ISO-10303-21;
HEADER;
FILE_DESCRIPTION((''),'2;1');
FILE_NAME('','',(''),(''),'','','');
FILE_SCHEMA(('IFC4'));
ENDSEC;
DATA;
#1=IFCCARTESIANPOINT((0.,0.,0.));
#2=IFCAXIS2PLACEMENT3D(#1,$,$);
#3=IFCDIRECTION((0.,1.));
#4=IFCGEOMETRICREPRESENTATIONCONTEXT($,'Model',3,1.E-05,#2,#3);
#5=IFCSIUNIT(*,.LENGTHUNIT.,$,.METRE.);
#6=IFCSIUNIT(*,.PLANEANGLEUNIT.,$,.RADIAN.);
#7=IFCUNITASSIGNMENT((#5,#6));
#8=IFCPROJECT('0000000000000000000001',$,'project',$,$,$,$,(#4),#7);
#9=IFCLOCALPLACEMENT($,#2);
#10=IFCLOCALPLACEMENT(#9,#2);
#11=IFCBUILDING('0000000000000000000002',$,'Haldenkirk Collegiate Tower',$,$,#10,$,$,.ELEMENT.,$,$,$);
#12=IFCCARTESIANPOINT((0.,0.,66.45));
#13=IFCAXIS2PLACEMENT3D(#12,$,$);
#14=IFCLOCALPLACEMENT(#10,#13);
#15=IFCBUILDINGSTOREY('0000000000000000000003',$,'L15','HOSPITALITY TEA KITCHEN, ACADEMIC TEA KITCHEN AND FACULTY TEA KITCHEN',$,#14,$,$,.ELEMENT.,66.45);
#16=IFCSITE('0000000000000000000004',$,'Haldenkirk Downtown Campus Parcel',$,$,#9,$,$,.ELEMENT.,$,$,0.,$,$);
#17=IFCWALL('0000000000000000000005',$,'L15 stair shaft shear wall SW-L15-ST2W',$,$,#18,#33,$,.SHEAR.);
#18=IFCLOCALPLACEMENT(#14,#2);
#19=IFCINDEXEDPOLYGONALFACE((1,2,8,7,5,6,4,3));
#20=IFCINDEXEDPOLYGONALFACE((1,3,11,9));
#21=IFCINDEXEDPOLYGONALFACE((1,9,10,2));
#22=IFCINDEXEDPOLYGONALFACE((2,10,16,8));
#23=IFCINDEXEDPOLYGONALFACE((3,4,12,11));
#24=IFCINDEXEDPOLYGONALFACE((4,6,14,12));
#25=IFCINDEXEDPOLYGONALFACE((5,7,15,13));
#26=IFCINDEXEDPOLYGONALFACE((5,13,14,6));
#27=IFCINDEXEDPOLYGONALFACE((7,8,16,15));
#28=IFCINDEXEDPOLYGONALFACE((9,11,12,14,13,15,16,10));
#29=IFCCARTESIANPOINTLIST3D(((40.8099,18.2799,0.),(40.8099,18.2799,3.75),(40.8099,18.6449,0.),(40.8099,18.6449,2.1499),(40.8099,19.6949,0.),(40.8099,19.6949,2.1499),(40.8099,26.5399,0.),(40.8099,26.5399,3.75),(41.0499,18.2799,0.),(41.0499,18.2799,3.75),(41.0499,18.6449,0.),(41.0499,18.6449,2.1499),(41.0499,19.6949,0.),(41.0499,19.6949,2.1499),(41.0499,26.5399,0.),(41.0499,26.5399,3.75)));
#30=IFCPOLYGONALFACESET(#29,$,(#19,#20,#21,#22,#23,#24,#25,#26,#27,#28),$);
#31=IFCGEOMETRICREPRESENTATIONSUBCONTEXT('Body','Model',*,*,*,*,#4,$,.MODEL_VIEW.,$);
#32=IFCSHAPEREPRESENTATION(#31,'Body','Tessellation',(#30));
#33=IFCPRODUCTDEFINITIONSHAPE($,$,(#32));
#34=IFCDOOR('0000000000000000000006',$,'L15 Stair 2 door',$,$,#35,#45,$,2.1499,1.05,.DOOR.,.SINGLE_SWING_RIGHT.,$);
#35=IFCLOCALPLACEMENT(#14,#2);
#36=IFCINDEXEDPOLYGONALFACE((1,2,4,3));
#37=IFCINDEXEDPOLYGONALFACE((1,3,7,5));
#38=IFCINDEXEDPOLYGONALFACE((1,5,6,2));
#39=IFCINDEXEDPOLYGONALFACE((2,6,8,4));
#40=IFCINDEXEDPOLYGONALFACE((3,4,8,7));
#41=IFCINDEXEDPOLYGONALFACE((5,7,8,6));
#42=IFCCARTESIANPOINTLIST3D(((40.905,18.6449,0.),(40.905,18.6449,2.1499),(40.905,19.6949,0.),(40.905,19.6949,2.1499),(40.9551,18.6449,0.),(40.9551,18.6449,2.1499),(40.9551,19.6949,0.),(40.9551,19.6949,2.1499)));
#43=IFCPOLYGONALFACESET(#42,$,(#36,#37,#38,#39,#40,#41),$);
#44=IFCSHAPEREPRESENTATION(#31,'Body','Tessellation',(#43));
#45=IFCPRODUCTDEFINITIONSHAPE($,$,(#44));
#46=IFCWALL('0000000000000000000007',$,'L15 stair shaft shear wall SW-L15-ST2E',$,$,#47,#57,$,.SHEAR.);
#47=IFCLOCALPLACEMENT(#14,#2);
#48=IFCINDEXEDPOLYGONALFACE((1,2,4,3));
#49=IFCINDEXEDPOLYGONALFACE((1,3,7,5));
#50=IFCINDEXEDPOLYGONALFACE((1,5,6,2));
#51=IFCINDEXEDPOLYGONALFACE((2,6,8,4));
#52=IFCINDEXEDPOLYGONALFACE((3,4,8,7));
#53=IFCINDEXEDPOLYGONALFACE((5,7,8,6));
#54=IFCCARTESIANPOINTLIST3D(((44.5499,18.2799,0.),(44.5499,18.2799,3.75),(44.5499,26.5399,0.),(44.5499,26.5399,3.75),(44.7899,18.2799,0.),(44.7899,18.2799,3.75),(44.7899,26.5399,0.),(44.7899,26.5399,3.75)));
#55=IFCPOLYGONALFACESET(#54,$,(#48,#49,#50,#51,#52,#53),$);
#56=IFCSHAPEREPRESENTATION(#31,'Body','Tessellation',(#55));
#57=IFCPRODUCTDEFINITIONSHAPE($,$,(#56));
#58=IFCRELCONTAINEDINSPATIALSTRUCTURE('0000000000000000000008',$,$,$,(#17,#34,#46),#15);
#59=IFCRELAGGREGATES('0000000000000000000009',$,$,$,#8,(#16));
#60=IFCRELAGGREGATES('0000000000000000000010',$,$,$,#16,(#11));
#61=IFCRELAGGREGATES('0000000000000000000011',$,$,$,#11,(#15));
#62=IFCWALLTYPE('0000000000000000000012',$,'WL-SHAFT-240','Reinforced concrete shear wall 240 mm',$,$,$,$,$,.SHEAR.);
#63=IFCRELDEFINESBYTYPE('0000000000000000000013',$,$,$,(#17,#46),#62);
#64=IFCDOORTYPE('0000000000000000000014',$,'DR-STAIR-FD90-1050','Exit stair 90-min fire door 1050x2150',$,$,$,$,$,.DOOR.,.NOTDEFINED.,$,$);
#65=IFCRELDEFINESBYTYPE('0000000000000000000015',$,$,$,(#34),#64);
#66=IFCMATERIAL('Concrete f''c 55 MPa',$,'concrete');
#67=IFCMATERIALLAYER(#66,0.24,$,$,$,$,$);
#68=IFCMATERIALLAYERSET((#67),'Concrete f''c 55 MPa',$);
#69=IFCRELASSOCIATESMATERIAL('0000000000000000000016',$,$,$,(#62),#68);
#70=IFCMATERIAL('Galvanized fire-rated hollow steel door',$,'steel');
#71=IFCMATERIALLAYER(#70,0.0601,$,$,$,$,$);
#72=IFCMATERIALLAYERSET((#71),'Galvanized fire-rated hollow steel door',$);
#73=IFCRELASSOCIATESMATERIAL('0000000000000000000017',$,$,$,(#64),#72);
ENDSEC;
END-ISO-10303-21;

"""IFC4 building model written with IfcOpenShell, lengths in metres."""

from ifc_helpers import new_model, si_unit, direction, frame, frame_2d, origin, place, context, subcontext, project, spatial, rectangle, extrude, material, layer, layer_set, type_object, element, fill, save


model = new_model("IFC4")

# Units and contexts
model_context = context("Model", 3, precision=1e-05, world=origin(), true_north=direction((0.0, 1.0)))
body_context = subcontext(model_context, "Body", "Model", "MODEL_VIEW")
ifc_project = project(units=[si_unit("LENGTHUNIT", "METRE"), si_unit("PLANEANGLEUNIT", "RADIAN")], contexts=[model_context])

# Site, building, storey
site_placement = place(None, origin())
site = spatial("IfcSite", under=ifc_project, at=site_placement, Name="Haldenkirk Downtown Campus Parcel", CompositionType="ELEMENT", RefElevation=0.0)
building_placement = place(site_placement, origin())
building = spatial("IfcBuilding", under=site, at=building_placement, Name="Haldenkirk Collegiate Tower", CompositionType="ELEMENT")
storey_placement = place(building_placement, frame((0.0, 0.0, 66.45)))
storey = spatial("IfcBuildingStorey", under=building, at=storey_placement, Name="L15", Description="HOSPITALITY TEA KITCHEN, ACADEMIC TEA KITCHEN AND FACULTY TEA KITCHEN", CompositionType="ELEMENT", Elevation=66.45)

# Wall, opening, door
ifc_material_1 = material(Name="Concrete f'c 55 MPa", Category="concrete")
ifc_layer_1 = layer(ifc_material_1, 0.24)
ifc_layer_set_1 = layer_set([ifc_layer_1], Name="Concrete f'c 55 MPa")
wall_type_1 = type_object("IfcWallType", Name="WL-SHAFT-240", Description="Reinforced concrete shear wall 240 mm", PredefinedType="SHEAR", material=ifc_layer_set_1)
wall_1_placement = place(storey_placement, frame((40.9299, 18.28, 0.0), z_axis=(0.0, 0.0, 1.0), x_axis=(0.0, 1.0, 0.0)))
wall_1 = element("IfcWall", 1, at=wall_1_placement, inside=storey, type_object=wall_type_1, Name="L15 stair shaft shear wall SW-L15-ST2W", PredefinedType="SHEAR", context=body_context, shape_type="SweptSolid", body=[
    extrude(rectangle(XDim=8.26, YDim=0.24, at=frame_2d((4.1299, 0.0))), origin(), (0.0, 0.0, 1.0), 3.75),
])
opening_1_placement = place(wall_1_placement, frame((0.365, 0.0, 0.0)))
opening_1 = element("IfcOpeningElement", 2, at=opening_1_placement, cuts=wall_1, PredefinedType="OPENING", context=body_context, shape_type="SweptSolid", body=[
    extrude(rectangle(XDim=1.05, YDim=2.1499, at=frame_2d((0.5249, 1.075))), frame((0.0, 0.1299, 0.0), z_axis=(0.0, -1.0, 0.0), x_axis=(1.0, 0.0, 0.0)), (0.0, 0.0, 1.0), 0.26),
])
ifc_material_2 = material(Name="Galvanized fire-rated hollow steel door", Category="steel")
ifc_layer_2 = layer(ifc_material_2, 0.0601)
ifc_layer_set_2 = layer_set([ifc_layer_2], Name="Galvanized fire-rated hollow steel door")
door_type_1 = type_object("IfcDoorType", Name="DR-STAIR-FD90-1050", Description="Exit stair 90-min fire door 1050x2150", OperationType="NOTDEFINED", PredefinedType="DOOR", material=ifc_layer_set_2)
door_1_placement = place(opening_1_placement, origin())
door_1 = element("IfcDoor", 3, at=door_1_placement, inside=storey, type_object=door_type_1, Name="L15 Stair 2 door", OperationType="SINGLE_SWING_RIGHT", OverallHeight=2.1499, OverallWidth=1.05, PredefinedType="DOOR", context=body_context, shape_type="SweptSolid", body=[
    extrude(rectangle(XDim=1.05, YDim=2.1499, at=frame_2d((0.5249, 1.075))), frame((0.0, 0.0249, 0.0), z_axis=(0.0, -1.0, 0.0), x_axis=(1.0, 0.0, 0.0)), (0.0, 0.0, 1.0), 0.05),
])
fill(opening_1, door_1)

# Wall
wall_2_placement = place(storey_placement, frame((44.6699, 18.28, 0.0), z_axis=(0.0, 0.0, 1.0), x_axis=(0.0, 1.0, 0.0)))
element("IfcWall", 4, at=wall_2_placement, inside=storey, type_object=wall_type_1, Name="L15 stair shaft shear wall SW-L15-ST2E", PredefinedType="SHEAR", context=body_context, shape_type="SweptSolid", body=[
    extrude(rectangle(XDim=8.26, YDim=0.24, at=frame_2d((4.1299, 0.0))), origin(), (0.0, 0.0, 1.0), 3.75),
])

save(model, "model.ifc")
